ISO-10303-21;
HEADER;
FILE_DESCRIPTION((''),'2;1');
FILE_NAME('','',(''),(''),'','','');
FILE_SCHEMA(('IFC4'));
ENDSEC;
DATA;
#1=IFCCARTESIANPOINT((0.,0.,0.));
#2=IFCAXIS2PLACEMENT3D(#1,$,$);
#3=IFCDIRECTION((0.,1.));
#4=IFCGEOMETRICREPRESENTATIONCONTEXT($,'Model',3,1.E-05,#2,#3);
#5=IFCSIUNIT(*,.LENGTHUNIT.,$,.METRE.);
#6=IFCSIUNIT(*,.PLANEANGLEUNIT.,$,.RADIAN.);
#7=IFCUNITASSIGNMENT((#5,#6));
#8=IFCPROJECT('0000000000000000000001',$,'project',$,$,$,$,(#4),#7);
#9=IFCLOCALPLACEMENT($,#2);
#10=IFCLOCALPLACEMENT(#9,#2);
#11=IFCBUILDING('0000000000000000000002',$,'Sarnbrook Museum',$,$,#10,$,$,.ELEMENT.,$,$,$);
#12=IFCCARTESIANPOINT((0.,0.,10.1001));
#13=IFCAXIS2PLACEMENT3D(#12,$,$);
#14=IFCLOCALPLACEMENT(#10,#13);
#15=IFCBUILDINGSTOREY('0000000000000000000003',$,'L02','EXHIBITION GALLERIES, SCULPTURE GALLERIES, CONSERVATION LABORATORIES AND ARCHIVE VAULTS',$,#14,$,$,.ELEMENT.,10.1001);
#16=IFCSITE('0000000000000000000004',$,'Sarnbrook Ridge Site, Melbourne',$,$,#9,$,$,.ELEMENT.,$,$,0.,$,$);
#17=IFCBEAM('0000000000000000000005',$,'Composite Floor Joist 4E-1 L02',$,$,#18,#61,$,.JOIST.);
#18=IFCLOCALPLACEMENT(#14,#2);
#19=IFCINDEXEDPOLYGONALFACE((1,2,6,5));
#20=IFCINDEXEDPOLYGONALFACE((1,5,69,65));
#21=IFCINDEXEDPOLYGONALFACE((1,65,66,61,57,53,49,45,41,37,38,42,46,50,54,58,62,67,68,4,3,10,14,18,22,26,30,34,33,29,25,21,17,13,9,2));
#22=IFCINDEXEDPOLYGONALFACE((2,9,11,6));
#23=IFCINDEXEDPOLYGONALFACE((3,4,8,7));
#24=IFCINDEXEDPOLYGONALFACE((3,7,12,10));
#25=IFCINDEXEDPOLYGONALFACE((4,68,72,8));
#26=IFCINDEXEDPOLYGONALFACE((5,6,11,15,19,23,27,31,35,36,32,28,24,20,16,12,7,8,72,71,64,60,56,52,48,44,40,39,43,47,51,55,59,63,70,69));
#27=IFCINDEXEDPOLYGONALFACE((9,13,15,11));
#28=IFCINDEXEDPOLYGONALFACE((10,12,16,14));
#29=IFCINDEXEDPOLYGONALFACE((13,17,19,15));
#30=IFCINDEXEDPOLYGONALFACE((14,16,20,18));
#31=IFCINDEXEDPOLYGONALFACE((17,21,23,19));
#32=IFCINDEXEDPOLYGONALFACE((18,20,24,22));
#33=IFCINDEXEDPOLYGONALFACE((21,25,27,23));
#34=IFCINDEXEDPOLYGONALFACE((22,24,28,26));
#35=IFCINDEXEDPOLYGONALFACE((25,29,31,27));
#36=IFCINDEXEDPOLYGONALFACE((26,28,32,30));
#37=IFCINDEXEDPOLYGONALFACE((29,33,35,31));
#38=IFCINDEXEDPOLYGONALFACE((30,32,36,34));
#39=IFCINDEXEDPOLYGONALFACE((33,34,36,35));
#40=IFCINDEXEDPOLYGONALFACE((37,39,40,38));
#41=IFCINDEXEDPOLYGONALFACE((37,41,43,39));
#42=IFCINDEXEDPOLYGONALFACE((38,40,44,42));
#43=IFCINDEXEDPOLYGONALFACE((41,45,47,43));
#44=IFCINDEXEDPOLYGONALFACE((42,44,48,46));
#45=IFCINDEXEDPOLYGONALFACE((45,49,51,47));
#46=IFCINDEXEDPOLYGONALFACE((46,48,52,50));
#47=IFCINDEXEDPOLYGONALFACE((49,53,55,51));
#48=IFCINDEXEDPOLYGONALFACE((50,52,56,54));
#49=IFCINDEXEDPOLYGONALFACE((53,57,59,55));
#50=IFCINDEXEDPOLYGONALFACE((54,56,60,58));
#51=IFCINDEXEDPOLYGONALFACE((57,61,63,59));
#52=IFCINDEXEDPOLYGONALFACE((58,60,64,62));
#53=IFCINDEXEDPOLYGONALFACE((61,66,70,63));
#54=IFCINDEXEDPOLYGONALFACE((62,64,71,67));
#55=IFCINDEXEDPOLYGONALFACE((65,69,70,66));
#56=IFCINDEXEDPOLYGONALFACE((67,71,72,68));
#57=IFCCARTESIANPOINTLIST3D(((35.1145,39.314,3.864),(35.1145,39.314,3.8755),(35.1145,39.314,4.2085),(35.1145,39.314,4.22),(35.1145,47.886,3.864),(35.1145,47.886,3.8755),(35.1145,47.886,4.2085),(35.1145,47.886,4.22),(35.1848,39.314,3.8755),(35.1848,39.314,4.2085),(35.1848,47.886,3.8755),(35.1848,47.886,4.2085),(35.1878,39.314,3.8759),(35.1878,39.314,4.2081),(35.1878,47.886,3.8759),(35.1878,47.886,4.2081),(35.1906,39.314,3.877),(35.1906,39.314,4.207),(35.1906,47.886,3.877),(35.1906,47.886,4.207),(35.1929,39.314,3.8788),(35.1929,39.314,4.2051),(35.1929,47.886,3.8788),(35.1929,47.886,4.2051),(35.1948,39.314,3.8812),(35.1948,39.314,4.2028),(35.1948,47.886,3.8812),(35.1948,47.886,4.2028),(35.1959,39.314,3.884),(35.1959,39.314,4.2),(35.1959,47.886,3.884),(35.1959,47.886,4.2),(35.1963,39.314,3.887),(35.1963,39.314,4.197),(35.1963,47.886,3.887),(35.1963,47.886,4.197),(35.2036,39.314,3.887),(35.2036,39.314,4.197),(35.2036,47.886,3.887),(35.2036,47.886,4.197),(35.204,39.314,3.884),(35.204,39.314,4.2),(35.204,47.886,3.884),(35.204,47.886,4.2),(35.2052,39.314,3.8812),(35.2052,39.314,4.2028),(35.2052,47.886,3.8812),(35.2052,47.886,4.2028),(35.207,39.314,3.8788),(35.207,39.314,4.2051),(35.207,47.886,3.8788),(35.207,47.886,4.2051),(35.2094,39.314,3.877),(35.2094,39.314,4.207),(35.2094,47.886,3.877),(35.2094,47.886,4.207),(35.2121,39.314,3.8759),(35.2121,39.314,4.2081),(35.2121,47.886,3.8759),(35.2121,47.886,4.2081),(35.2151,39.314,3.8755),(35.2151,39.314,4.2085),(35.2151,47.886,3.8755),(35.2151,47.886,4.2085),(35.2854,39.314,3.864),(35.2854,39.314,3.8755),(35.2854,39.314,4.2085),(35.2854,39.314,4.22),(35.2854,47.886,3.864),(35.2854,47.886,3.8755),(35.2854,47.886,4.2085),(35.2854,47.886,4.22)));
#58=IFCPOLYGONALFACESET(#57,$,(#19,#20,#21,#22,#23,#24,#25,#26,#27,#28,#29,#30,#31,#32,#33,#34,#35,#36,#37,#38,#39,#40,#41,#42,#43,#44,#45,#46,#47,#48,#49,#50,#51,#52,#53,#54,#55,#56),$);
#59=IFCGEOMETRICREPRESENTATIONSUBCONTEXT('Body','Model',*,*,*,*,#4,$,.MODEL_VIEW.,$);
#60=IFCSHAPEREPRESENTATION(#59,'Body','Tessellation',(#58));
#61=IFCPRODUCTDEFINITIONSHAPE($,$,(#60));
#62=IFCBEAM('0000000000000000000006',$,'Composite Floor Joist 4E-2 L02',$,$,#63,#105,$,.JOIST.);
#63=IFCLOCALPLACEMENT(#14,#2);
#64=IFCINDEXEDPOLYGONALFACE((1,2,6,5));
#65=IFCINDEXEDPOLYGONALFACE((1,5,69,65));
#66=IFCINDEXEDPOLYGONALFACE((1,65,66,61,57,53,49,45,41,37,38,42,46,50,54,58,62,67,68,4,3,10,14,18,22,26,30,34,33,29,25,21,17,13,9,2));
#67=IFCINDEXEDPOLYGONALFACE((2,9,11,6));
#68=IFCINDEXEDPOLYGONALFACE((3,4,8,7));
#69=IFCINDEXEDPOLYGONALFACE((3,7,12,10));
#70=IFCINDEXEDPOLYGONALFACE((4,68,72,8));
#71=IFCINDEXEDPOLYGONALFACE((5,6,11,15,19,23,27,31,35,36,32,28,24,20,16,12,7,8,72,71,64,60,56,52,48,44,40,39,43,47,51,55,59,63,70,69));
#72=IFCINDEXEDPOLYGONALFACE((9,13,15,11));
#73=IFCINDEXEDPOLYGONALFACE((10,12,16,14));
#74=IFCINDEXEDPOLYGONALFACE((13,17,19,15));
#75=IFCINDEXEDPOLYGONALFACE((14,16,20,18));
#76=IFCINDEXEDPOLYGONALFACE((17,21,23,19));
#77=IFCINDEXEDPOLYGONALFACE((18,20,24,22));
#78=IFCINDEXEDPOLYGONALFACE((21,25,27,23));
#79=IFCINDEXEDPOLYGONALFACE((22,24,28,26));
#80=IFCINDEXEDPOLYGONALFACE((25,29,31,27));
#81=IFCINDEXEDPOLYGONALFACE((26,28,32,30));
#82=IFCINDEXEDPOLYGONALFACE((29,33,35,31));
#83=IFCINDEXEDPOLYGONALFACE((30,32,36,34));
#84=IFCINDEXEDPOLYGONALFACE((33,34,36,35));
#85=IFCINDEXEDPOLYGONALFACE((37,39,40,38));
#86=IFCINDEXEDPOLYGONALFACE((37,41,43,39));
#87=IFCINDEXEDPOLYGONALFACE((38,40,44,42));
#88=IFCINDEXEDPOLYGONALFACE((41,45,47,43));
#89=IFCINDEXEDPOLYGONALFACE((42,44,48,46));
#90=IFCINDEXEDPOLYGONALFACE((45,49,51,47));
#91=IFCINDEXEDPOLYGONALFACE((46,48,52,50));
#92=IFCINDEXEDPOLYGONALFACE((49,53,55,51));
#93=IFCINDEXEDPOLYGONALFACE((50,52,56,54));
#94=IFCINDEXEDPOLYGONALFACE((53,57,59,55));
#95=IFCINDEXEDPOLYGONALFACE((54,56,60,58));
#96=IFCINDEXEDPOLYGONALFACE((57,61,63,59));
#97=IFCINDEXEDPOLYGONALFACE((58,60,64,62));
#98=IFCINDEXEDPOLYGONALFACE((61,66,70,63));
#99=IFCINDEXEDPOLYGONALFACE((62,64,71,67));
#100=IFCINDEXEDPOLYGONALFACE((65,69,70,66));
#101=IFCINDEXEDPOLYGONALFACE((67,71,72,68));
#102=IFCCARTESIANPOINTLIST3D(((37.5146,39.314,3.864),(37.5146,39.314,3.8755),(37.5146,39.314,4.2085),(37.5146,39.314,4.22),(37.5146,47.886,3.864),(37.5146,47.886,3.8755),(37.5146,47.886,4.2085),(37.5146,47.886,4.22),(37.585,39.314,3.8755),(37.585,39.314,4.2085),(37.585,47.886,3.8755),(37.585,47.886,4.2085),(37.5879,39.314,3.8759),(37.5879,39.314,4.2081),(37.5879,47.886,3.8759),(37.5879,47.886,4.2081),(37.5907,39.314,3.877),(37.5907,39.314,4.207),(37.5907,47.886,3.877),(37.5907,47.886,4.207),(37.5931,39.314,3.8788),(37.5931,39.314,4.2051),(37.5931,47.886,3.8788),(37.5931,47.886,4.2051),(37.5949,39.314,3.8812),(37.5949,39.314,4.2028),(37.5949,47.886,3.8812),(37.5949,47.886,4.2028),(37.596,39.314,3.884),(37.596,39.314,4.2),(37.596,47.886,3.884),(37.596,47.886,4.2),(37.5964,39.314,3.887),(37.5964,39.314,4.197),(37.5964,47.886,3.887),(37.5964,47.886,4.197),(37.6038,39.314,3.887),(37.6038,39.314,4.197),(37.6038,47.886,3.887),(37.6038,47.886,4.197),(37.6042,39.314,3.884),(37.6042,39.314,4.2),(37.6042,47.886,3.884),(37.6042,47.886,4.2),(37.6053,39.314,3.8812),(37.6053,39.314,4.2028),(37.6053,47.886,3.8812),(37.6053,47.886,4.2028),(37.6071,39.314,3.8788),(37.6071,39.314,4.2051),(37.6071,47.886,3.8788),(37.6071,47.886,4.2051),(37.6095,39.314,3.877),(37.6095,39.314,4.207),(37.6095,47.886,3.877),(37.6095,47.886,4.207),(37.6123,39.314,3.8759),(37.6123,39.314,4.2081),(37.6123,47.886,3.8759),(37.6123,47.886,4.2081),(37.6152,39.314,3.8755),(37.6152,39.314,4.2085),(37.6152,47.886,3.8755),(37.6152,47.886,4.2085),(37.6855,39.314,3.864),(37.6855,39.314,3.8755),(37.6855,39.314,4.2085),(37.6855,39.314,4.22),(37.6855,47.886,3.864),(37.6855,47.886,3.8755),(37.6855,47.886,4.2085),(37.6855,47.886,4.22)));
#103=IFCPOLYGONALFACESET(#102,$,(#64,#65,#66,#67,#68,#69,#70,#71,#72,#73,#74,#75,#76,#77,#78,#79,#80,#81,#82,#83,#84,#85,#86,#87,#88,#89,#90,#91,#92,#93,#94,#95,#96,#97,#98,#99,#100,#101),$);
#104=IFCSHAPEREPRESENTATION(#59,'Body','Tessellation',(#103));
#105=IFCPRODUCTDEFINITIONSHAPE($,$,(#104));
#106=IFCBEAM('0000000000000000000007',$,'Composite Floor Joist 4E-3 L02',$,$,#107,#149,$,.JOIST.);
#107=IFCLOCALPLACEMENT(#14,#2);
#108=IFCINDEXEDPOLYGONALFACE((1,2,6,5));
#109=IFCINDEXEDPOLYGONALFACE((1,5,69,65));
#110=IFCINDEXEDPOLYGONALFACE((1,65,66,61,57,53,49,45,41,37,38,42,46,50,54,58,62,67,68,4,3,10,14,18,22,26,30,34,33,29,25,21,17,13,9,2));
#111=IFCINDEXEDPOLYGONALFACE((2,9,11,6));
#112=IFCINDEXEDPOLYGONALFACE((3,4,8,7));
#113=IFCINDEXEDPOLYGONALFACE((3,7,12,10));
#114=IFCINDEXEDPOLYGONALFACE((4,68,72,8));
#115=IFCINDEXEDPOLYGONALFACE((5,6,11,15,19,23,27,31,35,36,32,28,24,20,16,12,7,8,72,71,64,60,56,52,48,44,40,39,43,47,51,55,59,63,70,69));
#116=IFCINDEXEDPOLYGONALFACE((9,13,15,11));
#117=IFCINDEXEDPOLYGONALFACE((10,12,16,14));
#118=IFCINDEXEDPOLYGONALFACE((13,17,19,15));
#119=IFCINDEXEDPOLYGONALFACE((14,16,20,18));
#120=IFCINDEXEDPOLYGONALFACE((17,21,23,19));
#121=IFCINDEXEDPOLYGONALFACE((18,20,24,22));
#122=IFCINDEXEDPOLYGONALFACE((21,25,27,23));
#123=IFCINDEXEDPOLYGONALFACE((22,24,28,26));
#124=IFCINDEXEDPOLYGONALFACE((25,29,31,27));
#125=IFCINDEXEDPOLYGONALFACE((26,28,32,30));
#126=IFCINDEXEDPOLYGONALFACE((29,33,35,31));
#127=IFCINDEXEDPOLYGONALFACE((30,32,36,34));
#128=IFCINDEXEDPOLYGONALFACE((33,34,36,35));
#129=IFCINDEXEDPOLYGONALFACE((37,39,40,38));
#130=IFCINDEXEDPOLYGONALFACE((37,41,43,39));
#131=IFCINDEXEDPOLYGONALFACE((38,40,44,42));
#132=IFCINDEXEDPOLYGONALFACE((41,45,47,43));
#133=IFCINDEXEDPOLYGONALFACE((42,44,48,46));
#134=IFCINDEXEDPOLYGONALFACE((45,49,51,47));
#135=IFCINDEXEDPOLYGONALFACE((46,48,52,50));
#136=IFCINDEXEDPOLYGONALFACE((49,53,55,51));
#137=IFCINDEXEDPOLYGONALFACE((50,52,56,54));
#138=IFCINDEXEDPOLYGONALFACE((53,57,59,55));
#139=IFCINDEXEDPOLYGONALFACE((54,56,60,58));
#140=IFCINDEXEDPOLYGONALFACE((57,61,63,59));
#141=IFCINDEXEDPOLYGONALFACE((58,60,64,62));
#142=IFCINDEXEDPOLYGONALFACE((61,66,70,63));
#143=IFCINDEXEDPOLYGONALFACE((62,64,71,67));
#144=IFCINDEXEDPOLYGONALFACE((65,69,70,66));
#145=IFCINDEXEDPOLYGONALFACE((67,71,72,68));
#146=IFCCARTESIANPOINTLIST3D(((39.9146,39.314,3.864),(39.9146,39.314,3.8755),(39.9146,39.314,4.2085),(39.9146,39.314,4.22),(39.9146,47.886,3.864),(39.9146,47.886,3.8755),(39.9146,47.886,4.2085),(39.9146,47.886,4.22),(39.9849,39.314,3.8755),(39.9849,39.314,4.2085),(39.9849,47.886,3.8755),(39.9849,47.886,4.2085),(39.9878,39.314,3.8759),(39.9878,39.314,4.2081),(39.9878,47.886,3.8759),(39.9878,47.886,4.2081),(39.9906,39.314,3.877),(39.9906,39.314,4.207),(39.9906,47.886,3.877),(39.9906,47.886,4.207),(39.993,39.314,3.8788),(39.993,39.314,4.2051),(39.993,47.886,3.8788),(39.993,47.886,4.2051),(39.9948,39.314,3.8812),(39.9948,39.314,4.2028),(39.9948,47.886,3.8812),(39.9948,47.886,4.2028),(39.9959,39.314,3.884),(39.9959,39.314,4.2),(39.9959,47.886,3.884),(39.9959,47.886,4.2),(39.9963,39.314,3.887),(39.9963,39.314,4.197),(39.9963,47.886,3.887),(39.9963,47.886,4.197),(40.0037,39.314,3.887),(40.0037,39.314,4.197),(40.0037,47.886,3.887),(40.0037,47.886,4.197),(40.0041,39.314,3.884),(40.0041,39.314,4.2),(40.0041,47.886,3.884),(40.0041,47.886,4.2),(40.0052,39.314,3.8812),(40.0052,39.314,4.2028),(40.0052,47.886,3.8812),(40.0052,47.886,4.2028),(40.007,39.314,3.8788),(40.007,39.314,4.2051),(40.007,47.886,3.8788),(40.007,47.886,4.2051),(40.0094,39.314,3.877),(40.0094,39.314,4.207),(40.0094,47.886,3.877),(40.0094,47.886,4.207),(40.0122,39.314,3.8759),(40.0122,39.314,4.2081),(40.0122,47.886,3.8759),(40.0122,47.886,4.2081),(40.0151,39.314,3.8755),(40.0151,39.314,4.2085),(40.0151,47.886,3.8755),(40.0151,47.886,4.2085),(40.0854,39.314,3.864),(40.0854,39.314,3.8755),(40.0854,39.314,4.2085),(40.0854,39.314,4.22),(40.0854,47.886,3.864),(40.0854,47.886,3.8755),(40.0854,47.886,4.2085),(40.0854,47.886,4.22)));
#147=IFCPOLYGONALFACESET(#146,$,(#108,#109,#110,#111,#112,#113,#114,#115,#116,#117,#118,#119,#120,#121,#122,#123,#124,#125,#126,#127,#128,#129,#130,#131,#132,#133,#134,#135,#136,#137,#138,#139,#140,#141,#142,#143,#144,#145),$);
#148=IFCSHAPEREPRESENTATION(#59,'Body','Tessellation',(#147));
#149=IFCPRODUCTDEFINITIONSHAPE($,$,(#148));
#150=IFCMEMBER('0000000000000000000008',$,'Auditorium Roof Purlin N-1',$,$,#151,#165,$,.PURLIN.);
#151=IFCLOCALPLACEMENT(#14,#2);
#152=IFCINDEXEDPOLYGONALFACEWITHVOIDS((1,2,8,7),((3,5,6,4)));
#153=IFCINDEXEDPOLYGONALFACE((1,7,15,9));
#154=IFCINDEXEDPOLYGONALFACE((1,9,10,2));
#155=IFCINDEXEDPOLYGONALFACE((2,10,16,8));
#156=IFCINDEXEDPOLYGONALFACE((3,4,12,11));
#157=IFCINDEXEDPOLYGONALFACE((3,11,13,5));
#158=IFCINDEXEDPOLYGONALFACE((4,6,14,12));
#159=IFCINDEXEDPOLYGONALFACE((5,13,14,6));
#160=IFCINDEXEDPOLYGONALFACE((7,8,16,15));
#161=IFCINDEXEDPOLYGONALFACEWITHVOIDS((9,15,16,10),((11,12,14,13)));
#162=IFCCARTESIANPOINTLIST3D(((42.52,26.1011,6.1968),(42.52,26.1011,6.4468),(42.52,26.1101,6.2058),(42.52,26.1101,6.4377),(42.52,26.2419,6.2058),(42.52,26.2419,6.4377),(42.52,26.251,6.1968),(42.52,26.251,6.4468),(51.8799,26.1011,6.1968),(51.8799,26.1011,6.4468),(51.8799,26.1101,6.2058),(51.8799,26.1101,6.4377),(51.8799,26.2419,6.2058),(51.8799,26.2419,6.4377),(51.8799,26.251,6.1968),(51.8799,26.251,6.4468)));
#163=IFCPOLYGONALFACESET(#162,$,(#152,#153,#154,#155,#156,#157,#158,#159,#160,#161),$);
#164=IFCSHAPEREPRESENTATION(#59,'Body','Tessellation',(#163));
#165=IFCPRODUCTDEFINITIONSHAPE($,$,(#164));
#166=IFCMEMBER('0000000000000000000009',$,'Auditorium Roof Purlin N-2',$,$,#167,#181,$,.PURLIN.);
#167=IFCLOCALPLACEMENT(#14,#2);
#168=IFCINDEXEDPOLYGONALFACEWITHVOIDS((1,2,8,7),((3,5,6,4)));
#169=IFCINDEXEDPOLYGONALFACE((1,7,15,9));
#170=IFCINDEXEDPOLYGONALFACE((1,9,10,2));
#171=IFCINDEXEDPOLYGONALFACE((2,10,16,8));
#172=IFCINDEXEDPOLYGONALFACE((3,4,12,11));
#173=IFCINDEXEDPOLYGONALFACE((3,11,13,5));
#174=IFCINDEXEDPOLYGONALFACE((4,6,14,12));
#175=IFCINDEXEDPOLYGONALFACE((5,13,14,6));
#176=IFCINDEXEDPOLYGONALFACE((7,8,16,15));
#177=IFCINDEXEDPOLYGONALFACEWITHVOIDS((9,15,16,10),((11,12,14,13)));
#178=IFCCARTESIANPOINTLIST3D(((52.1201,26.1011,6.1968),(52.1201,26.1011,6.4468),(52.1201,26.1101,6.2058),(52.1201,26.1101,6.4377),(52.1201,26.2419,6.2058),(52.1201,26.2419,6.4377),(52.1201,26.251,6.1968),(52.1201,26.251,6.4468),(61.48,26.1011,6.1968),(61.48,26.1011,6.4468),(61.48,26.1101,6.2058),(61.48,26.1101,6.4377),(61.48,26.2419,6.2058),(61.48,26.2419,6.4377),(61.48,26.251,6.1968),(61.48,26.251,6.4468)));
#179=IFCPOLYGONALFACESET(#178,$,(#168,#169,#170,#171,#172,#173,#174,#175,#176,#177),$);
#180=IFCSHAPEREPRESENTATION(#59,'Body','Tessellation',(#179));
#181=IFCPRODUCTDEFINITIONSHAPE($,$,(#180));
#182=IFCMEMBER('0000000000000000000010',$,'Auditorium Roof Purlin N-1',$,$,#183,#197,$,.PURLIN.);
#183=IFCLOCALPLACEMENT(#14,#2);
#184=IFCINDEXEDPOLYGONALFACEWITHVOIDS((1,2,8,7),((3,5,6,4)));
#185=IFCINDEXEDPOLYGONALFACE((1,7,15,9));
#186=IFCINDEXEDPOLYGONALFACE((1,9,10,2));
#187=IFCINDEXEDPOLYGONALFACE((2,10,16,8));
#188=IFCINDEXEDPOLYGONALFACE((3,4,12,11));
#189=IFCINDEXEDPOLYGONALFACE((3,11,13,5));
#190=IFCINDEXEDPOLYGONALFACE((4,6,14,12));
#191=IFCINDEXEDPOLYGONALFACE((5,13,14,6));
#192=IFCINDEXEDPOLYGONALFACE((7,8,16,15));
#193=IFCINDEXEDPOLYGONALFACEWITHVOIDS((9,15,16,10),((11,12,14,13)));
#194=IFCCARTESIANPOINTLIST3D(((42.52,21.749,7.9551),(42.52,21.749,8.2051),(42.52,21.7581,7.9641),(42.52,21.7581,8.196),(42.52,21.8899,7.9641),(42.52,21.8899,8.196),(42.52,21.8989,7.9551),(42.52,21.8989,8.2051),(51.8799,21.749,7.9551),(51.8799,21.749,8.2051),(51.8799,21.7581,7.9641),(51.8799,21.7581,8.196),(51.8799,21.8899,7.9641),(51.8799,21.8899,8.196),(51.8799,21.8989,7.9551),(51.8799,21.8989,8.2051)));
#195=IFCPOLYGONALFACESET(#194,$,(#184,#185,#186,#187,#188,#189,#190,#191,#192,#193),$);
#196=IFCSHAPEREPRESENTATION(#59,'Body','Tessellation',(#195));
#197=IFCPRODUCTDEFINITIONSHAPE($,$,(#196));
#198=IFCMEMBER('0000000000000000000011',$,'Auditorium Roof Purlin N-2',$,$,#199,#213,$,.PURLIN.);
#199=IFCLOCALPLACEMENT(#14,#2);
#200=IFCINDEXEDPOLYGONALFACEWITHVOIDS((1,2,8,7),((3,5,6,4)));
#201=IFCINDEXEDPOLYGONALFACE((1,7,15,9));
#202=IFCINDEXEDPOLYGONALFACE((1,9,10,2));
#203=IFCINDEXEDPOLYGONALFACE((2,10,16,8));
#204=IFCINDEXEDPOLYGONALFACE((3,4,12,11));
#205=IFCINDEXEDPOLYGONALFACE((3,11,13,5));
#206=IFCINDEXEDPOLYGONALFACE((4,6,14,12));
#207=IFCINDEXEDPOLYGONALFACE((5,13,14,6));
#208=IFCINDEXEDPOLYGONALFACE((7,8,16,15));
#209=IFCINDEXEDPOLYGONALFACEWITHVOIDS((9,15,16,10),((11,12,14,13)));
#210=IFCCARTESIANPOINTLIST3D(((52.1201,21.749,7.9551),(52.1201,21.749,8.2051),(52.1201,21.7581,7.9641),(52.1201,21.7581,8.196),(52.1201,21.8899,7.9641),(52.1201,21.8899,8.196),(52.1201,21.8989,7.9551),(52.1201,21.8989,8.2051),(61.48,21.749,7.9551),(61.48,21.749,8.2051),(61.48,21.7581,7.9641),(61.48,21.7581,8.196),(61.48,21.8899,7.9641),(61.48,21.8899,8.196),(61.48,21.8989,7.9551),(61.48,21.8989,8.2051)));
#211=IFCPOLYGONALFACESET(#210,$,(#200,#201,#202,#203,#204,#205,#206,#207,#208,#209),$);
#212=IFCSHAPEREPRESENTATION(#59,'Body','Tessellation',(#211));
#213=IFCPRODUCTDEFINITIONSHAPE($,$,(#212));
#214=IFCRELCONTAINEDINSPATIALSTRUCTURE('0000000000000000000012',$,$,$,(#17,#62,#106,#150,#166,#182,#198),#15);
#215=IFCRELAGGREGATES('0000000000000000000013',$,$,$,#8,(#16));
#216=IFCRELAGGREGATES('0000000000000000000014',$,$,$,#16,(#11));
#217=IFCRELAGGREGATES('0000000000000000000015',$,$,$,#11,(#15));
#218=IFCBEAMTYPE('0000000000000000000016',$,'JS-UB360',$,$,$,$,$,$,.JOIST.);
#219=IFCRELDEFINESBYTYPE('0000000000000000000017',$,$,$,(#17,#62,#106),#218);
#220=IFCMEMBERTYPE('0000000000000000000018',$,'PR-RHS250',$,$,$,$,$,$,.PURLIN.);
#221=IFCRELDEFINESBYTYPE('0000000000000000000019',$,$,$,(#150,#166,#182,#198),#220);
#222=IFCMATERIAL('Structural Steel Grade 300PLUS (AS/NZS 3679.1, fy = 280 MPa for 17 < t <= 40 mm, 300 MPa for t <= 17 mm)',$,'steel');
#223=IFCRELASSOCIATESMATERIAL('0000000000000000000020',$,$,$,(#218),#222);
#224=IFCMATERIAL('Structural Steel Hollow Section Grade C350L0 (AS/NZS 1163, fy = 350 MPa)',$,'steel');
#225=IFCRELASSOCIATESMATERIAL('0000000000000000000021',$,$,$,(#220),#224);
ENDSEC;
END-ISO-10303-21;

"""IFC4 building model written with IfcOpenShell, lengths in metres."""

from ifc_helpers import new_model, si_unit, direction, frame, origin, origin_2d, place, context, subcontext, project, spatial, hollow_rectangle, i_section, extrude, material, material_profile, profile_set, type_object, element, save


model = new_model("IFC4")

# Units and contexts
model_context = context("Model", 3, precision=1e-05, world=origin(), true_north=direction((0.0, 1.0)))
body_context = subcontext(model_context, "Body", "Model", "MODEL_VIEW")
ifc_project = project(units=[si_unit("LENGTHUNIT", "METRE"), si_unit("PLANEANGLEUNIT", "RADIAN")], contexts=[model_context])

# Site, building, storey
site_placement = place(None, origin())
site = spatial("IfcSite", under=ifc_project, at=site_placement, Name="Sarnbrook Ridge Site, Melbourne", CompositionType="ELEMENT", RefElevation=0.0)
building_placement = place(site_placement, origin())
building = spatial("IfcBuilding", under=site, at=building_placement, Name="Sarnbrook Museum", CompositionType="ELEMENT")
storey_placement = place(building_placement, frame((0.0, 0.0, 10.1001)))
storey = spatial("IfcBuildingStorey", under=building, at=storey_placement, Name="L02", Description="EXHIBITION GALLERIES, SCULPTURE GALLERIES, CONSERVATION LABORATORIES AND ARCHIVE VAULTS", CompositionType="ELEMENT", Elevation=10.1001)

# Shared definitions
ifc_material_1 = material(Name="Structural Steel Grade 300PLUS (AS/NZS 3679.1, fy = 280 MPa for 17 < t <= 40 mm, 300 MPa for t <= 17 mm)", Category="steel")

# Beams
ifc_material_profile_1 = material_profile(ifc_material_1, i_section(OverallWidth=0.1709, OverallDepth=0.356, WebThickness=0.0073, FlangeThickness=0.0115, FilletRadius=0.0115, at=origin_2d()), Name="360UB50.7")
ifc_profile_set_1 = profile_set([ifc_material_profile_1], Name="Structural Steel Grade 300PLUS (AS/NZS 3679.1, fy = 280 MPa for 17 < t <= 40 mm, 300 MPa for t <= 17 mm)")
beam_type_1 = type_object("IfcBeamType", Name="JS-UB360", PredefinedType="JOIST", material=ifc_profile_set_1)
for number, where, z_axis, x_axis, name in (
    (1, (35.2, 39.314, 4.042), (0.0, 1.0, 0.0), (-1.0, 0.0, 0.0), "Composite Floor Joist 4E-1 L02"),
    (2, (37.6001, 39.314, 4.042), (0.0, 1.0, 0.0), (-1.0, 0.0, 0.0), "Composite Floor Joist 4E-2 L02"),
    (3, (40.0, 39.314, 4.042), (0.0, 1.0, 0.0), (-1.0, 0.0, 0.0), "Composite Floor Joist 4E-3 L02"),
):
    element("IfcBeam", number, at=place(storey_placement, frame(where, z_axis=z_axis, x_axis=x_axis)), inside=storey, type_object=beam_type_1, Name=name, PredefinedType="JOIST", context=body_context, shape_type="SweptSolid", body=[
        extrude(i_section(OverallWidth=0.1709, OverallDepth=0.356, WebThickness=0.0073, FlangeThickness=0.0115, FilletRadius=0.0115, at=origin_2d()), origin(), (0.0, 0.0, 1.0), 8.572),
    ])

# Members
ifc_material_2 = material(Name="Structural Steel Hollow Section Grade C350L0 (AS/NZS 1163, fy = 350 MPa)", Category="steel")
ifc_material_profile_2 = material_profile(ifc_material_2, hollow_rectangle(XDim=0.1499, YDim=0.25, WallThickness=0.009, at=origin_2d()), Name="250x150x9.0RHS")
ifc_profile_set_2 = profile_set([ifc_material_profile_2], Name="Structural Steel Hollow Section Grade C350L0 (AS/NZS 1163, fy = 350 MPa)")
member_type = type_object("IfcMemberType", Name="PR-RHS250", PredefinedType="PURLIN", material=ifc_profile_set_2)
for number, where, z_axis, x_axis, name in (
    (4, (42.52, 26.176, 6.3218), (1.0, 0.0, 0.0), (0.0, 1.0, 0.0), "Auditorium Roof Purlin N-1"),
    (5, (52.1201, 26.176, 6.3218), (1.0, 0.0, 0.0), (0.0, 1.0, 0.0), "Auditorium Roof Purlin N-2"),
    (6, (42.52, 21.824, 8.0801), (1.0, 0.0, 0.0), (0.0, 1.0, 0.0), "Auditorium Roof Purlin N-1"),
    (7, (52.1201, 21.824, 8.0801), (1.0, 0.0, 0.0), (0.0, 1.0, 0.0), "Auditorium Roof Purlin N-2"),
):
    element("IfcMember", number, at=place(storey_placement, frame(where, z_axis=z_axis, x_axis=x_axis)), inside=storey, type_object=member_type, Name=name, PredefinedType="PURLIN", context=body_context, shape_type="SweptSolid", body=[
        extrude(hollow_rectangle(XDim=0.1499, YDim=0.25, WallThickness=0.009, at=origin_2d()), origin(), (0.0, 0.0, 1.0), 9.3599),
    ])

save(model, "model.ifc")
